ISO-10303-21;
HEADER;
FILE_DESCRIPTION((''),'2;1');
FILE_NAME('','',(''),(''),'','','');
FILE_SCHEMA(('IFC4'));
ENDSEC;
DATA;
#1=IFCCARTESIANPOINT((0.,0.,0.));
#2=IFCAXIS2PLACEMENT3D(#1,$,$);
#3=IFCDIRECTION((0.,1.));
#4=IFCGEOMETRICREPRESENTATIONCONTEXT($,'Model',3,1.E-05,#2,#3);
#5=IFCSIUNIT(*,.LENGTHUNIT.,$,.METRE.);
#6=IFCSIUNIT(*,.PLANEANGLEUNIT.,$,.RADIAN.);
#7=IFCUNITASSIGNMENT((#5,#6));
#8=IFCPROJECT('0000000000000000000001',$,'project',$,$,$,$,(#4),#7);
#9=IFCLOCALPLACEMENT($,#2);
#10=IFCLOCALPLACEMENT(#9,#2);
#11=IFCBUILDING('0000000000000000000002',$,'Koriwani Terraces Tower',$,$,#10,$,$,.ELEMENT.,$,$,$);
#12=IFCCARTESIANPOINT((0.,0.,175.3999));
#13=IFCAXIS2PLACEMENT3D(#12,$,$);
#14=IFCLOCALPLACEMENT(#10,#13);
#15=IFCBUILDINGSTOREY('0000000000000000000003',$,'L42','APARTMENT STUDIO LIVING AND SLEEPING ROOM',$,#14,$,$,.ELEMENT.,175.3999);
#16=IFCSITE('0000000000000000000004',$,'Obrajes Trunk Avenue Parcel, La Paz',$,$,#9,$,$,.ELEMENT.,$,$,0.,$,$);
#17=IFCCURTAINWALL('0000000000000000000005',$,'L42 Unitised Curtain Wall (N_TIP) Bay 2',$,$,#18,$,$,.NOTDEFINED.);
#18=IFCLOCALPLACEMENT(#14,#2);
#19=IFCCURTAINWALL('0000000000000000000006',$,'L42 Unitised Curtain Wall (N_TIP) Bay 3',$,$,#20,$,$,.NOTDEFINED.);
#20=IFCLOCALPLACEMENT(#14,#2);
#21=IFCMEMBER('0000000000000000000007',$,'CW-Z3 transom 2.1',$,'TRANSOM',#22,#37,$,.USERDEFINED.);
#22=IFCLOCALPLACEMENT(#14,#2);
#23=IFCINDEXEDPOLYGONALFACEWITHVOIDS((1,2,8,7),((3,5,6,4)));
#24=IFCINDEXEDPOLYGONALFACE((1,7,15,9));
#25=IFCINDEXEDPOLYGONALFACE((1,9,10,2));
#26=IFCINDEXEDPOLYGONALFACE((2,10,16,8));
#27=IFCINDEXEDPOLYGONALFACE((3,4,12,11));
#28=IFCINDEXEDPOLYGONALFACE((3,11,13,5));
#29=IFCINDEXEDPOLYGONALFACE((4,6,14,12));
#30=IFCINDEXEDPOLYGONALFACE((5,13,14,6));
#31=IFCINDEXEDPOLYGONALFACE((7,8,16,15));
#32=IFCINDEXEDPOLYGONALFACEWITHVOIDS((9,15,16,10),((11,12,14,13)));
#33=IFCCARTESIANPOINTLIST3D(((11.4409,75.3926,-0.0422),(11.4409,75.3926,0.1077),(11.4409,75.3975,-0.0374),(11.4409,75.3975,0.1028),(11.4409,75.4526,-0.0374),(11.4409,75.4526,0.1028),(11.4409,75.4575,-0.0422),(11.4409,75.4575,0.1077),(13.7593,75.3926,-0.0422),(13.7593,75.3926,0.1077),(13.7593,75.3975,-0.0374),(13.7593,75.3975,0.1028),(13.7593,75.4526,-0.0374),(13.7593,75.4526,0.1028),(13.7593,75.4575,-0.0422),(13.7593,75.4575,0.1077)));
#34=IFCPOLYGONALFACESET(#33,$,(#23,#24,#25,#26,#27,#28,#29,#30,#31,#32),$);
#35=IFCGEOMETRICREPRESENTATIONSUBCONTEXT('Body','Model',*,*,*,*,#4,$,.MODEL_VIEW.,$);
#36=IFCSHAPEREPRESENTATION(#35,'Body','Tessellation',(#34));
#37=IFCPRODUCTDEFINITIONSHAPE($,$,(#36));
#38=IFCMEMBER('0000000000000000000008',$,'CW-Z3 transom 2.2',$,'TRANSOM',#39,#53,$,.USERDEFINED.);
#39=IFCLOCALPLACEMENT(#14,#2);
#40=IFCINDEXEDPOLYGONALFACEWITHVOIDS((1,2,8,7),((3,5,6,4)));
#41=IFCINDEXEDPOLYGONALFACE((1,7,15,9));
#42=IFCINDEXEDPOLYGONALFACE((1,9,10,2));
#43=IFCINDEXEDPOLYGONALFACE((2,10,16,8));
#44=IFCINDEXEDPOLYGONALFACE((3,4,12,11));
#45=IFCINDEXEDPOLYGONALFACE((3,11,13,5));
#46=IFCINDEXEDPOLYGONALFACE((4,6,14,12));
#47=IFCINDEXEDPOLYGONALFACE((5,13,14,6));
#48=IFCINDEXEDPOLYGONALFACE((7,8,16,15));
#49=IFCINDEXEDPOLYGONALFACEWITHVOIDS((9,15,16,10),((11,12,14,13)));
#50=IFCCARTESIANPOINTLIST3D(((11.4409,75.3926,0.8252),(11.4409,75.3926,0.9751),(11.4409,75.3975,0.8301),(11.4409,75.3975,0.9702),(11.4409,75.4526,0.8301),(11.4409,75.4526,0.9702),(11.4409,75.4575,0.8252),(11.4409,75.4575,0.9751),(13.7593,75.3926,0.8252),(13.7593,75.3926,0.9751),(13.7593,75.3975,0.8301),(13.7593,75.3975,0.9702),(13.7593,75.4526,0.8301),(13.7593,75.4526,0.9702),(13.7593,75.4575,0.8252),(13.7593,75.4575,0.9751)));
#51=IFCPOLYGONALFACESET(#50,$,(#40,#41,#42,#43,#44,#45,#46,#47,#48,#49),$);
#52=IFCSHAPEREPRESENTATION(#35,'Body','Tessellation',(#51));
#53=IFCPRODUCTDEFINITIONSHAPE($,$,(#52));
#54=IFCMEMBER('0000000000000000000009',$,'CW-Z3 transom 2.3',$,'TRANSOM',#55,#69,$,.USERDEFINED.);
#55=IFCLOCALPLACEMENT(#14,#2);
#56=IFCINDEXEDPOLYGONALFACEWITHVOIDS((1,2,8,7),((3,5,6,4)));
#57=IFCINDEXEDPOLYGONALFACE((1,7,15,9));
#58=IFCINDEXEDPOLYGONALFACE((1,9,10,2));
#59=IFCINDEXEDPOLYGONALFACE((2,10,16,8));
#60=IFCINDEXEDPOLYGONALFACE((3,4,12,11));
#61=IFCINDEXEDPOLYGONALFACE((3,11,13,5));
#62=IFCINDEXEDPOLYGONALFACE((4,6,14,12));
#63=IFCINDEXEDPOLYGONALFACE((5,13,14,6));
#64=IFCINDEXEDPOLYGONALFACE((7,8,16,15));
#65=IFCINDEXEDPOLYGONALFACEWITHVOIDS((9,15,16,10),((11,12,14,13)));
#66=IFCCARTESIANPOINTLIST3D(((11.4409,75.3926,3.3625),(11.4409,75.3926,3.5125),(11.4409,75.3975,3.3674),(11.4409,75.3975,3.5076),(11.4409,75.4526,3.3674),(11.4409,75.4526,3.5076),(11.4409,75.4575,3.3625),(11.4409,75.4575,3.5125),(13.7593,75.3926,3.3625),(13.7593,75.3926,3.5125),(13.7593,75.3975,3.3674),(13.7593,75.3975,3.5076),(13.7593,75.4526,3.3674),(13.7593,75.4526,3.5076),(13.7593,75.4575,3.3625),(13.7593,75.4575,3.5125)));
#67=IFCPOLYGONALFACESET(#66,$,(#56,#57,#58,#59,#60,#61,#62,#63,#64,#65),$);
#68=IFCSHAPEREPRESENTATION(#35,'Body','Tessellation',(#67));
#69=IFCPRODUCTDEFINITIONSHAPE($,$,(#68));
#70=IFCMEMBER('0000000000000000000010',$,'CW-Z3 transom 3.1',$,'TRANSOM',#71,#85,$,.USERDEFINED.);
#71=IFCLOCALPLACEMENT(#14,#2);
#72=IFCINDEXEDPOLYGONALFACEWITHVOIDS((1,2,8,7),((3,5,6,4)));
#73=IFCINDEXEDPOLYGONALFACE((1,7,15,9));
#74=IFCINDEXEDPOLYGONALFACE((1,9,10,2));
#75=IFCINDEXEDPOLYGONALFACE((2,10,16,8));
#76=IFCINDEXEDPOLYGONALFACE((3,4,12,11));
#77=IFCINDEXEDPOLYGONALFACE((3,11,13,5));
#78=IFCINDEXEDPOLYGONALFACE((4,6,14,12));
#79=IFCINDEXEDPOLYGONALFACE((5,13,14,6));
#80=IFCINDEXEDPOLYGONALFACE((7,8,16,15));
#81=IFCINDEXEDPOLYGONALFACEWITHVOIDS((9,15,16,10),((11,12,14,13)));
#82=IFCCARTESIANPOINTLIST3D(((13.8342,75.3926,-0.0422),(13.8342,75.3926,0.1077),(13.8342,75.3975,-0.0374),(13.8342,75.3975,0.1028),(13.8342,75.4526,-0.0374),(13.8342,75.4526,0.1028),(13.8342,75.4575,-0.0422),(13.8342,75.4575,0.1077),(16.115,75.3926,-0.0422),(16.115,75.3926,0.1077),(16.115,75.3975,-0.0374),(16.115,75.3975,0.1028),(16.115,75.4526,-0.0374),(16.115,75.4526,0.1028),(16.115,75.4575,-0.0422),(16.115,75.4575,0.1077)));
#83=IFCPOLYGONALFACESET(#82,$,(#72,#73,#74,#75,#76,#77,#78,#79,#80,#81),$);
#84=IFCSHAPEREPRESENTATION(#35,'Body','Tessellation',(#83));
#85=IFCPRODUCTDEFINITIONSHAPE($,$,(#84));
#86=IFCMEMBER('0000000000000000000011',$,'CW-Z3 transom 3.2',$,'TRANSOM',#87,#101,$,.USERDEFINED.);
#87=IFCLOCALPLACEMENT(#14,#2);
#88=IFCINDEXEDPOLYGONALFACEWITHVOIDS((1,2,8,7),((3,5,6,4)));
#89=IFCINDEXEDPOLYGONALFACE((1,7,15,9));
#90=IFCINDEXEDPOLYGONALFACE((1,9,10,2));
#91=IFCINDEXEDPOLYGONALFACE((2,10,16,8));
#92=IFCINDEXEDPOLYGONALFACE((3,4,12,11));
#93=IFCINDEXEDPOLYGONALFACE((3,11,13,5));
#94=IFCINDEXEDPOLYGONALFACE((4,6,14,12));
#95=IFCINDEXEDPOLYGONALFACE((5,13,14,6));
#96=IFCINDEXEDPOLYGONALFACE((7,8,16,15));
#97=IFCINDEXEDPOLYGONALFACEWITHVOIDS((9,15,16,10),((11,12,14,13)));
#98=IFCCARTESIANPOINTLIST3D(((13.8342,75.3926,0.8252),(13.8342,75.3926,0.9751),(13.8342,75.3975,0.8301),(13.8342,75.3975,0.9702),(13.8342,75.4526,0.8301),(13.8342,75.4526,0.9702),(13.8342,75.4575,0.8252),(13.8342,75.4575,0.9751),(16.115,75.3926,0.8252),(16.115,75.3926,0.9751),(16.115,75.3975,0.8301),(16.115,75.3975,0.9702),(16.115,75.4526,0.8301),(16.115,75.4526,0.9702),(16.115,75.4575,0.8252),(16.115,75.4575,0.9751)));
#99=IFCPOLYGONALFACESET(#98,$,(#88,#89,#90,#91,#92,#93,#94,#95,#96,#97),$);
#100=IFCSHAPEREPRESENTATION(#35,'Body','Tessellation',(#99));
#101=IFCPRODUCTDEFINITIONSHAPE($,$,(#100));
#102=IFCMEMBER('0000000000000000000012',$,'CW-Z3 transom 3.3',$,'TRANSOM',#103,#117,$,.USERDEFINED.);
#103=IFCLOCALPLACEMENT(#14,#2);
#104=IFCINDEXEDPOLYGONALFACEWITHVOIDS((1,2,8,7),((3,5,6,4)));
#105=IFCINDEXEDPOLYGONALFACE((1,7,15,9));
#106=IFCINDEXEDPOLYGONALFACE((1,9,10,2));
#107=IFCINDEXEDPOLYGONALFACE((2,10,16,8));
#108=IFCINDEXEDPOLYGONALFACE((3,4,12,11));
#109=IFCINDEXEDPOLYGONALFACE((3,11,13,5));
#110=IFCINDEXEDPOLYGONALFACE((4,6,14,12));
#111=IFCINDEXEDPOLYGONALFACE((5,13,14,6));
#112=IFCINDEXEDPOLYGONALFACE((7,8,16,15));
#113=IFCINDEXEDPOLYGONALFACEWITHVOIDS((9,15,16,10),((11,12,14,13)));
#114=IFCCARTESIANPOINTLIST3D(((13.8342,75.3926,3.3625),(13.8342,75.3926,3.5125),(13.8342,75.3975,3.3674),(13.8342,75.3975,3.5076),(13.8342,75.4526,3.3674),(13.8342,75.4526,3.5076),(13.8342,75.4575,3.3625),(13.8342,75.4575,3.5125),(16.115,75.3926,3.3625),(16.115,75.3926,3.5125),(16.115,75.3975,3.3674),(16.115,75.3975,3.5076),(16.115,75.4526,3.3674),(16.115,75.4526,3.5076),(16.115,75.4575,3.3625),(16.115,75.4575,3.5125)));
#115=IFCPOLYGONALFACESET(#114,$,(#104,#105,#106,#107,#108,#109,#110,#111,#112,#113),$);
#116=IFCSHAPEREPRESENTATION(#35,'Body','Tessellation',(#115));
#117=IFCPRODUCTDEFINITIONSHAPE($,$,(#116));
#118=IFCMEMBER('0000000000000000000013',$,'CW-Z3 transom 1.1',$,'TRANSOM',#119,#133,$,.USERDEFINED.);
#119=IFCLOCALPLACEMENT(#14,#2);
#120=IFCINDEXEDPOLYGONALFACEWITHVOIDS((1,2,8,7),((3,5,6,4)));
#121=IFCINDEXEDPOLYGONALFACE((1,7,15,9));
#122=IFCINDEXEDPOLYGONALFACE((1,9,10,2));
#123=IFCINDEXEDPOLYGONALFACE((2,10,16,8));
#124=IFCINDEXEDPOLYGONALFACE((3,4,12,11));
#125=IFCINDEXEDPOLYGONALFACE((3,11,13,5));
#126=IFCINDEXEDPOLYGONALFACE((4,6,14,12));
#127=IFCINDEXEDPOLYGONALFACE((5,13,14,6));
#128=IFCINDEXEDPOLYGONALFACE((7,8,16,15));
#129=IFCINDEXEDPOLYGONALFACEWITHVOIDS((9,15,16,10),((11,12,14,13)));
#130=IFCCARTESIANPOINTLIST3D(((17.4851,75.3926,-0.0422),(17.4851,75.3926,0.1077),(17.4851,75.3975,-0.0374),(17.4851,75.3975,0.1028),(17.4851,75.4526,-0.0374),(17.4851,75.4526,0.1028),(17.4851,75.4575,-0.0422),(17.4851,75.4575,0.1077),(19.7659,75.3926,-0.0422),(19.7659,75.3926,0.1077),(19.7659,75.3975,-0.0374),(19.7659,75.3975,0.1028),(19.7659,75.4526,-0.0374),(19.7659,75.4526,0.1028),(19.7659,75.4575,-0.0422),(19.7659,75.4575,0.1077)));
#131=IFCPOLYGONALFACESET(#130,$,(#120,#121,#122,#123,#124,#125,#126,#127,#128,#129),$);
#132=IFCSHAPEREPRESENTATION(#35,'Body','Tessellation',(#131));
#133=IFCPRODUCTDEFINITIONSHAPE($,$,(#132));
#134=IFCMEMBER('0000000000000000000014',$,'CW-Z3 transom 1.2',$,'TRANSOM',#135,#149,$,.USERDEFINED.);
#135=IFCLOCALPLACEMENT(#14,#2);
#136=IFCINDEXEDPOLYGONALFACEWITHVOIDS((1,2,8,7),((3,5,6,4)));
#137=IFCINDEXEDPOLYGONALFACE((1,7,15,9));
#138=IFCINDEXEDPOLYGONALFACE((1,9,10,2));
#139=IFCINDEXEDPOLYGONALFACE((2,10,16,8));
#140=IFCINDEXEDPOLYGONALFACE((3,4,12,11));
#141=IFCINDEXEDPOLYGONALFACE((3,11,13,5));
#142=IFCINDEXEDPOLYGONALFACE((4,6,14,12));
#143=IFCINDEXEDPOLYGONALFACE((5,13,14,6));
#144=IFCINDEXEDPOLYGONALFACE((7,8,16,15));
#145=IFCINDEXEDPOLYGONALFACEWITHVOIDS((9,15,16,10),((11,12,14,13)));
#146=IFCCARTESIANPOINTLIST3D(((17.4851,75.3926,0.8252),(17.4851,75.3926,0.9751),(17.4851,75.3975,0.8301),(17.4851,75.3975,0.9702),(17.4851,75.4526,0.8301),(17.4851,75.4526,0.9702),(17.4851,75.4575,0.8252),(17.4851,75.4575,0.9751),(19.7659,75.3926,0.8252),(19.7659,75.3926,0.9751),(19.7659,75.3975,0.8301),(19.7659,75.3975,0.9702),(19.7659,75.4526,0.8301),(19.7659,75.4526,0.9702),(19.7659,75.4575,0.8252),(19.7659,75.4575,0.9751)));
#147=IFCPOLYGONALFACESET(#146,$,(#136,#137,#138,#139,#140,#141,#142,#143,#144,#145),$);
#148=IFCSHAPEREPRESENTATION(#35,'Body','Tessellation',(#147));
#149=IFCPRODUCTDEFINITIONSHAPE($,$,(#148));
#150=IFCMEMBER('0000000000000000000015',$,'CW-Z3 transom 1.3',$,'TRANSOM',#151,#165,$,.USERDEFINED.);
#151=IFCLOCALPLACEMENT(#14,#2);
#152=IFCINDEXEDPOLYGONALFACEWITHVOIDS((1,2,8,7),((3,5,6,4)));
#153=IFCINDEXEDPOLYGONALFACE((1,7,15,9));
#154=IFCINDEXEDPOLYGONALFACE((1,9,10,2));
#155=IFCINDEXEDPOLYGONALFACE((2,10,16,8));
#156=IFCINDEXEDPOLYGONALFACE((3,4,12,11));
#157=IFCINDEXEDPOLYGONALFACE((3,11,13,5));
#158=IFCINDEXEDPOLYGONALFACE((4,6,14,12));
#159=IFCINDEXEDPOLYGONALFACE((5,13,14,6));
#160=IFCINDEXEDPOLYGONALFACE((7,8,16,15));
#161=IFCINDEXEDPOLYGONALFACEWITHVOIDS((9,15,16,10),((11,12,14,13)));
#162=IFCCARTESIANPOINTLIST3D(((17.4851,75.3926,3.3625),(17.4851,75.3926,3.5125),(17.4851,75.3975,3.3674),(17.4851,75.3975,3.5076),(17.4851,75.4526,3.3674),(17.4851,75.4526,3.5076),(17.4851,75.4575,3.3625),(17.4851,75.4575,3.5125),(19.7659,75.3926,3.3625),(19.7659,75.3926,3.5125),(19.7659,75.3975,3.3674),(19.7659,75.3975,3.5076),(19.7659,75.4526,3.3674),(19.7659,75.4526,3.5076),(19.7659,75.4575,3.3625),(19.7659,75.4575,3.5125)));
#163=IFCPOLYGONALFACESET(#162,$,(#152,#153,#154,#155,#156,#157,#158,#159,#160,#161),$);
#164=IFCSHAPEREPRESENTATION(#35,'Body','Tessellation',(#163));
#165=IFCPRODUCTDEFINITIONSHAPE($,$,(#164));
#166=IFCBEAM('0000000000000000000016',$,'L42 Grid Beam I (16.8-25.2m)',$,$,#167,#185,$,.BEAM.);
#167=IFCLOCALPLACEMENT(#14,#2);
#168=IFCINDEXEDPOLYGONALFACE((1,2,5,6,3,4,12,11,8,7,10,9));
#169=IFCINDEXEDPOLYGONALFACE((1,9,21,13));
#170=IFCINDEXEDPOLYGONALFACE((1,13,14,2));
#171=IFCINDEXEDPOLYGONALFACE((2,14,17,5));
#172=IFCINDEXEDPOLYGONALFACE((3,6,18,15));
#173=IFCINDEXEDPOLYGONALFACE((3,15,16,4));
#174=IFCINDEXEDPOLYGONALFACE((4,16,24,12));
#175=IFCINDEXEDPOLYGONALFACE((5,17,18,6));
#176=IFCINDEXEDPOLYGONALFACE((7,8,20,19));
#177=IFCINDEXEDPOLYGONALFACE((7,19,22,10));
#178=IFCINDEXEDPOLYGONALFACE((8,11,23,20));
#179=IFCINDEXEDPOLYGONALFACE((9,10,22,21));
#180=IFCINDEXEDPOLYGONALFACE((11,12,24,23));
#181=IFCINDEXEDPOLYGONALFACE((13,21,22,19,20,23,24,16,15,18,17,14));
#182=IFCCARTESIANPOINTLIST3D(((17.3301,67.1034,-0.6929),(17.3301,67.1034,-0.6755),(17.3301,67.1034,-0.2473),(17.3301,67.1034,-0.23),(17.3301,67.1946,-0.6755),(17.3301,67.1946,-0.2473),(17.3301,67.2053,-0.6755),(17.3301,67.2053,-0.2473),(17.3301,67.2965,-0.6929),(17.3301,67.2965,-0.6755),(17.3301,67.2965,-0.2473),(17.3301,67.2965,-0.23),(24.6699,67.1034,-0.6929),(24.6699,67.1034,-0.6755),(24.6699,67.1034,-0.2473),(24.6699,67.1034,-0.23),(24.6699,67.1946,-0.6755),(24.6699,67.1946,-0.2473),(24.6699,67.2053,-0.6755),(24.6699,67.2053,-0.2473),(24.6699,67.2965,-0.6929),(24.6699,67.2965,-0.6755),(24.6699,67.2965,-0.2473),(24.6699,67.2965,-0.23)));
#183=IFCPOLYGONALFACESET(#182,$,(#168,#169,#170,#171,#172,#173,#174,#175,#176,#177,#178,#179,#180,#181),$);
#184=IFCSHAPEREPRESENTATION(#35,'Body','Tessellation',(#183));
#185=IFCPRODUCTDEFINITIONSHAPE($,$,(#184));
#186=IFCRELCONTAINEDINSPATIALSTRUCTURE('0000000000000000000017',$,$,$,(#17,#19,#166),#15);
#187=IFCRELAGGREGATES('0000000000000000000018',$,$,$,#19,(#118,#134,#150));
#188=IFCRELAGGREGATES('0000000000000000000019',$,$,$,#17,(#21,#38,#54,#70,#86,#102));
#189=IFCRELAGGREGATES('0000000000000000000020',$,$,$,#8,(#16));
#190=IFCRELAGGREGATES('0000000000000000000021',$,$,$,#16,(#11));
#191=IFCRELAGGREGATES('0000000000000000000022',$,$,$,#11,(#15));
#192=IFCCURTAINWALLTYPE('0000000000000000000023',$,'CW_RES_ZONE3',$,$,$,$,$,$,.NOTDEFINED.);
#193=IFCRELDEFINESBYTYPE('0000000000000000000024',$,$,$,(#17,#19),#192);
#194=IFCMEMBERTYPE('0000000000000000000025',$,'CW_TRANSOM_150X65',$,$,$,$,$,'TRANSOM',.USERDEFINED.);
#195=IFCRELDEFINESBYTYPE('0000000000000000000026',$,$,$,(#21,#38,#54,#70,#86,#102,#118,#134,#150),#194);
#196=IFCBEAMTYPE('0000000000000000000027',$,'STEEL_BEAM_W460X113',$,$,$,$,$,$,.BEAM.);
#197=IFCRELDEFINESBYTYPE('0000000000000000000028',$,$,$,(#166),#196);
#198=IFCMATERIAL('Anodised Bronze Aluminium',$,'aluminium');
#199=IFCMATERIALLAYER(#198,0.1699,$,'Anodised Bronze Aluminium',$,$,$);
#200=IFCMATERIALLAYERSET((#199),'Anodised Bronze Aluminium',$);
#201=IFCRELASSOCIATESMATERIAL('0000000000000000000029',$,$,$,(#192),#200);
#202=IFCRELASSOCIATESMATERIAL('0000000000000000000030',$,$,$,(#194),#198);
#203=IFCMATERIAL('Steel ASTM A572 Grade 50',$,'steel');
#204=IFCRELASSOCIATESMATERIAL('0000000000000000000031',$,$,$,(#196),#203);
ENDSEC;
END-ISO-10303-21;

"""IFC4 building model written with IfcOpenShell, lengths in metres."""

from ifc_helpers import new_model, si_unit, direction, frame, origin, origin_2d, place, context, subcontext, project, spatial, hollow_rectangle, i_section, extrude, material, layer, layer_set, material_profile, profile_set, type_object, element, aggregate, save


model = new_model("IFC4")

# Units and contexts
model_context = context("Model", 3, precision=1e-05, world=origin(), true_north=direction((0.0, 1.0)))
body_context = subcontext(model_context, "Body", "Model", "MODEL_VIEW")
ifc_project = project(units=[si_unit("LENGTHUNIT", "METRE"), si_unit("PLANEANGLEUNIT", "RADIAN")], contexts=[model_context])

# Site, building, storey
site_placement = place(None, origin())
site = spatial("IfcSite", under=ifc_project, at=site_placement, Name="Obrajes Trunk Avenue Parcel, La Paz", CompositionType="ELEMENT", RefElevation=0.0)
building_placement = place(site_placement, origin())
building = spatial("IfcBuilding", under=site, at=building_placement, Name="Koriwani Terraces Tower", CompositionType="ELEMENT")
storey_placement = place(building_placement, frame((0.0, 0.0, 175.3999)))
storey = spatial("IfcBuildingStorey", under=building, at=storey_placement, Name="L42", Description="APARTMENT STUDIO LIVING AND SLEEPING ROOM", CompositionType="ELEMENT", Elevation=175.3999)

# Curtain wall
ifc_material_1 = material(Name="Anodised Bronze Aluminium", Category="aluminium")
ifc_layer_1 = layer(ifc_material_1, 0.1699, Name="Anodised Bronze Aluminium")
ifc_layer_set_1 = layer_set([ifc_layer_1], Name="Anodised Bronze Aluminium")
curtain_wall_type = type_object("IfcCurtainWallType", Name="CW_RES_ZONE3", PredefinedType="NOTDEFINED", material=ifc_layer_set_1)
curtain_wall_1_placement = place(storey_placement, origin())
curtain_wall_1 = element("IfcCurtainWall", 1, at=curtain_wall_1_placement, inside=storey, type_object=curtain_wall_type, Name="L42 Unitised Curtain Wall (N_TIP) Bay 2", PredefinedType="NOTDEFINED")

# Curtain wall
curtain_wall_2_placement = place(storey_placement, origin())
curtain_wall_2 = element("IfcCurtainWall", 2, at=curtain_wall_2_placement, inside=storey, type_object=curtain_wall_type, Name="L42 Unitised Curtain Wall (N_TIP) Bay 3", PredefinedType="NOTDEFINED")

# Members
ifc_material_profile_1 = material_profile(ifc_material_1, hollow_rectangle(XDim=0.0649, YDim=0.1499, WallThickness=0.0049, at=origin_2d()), Name="Anodised Bronze Aluminium", Category="LoadBearing")
ifc_profile_set_1 = profile_set([ifc_material_profile_1], Name="Anodised Bronze Aluminium")
member_type_1 = type_object("IfcMemberType", Name="CW_TRANSOM_150X65", ElementType="TRANSOM", PredefinedType="USERDEFINED", material=ifc_profile_set_1)
member_1_placement = place(storey_placement, frame((11.4409, 75.425, 0.0327), z_axis=(1.0, 0.0, 0.0), x_axis=(0.0, 1.0, 0.0)))
member_1 = element("IfcMember", 3, at=member_1_placement, type_object=member_type_1, Name="CW-Z3 transom 2.1", ObjectType="TRANSOM", PredefinedType="USERDEFINED", context=body_context, shape_type="SweptSolid", body=[
    extrude(hollow_rectangle(XDim=0.0649, YDim=0.1499, WallThickness=0.0049, at=origin_2d()), origin(), (0.0, 0.0, 1.0), 2.3184),
])
member_2_placement = place(storey_placement, frame((11.4409, 75.425, 0.9001), z_axis=(1.0, 0.0, 0.0), x_axis=(0.0, 1.0, 0.0)))
member_2 = element("IfcMember", 4, at=member_2_placement, type_object=member_type_1, Name="CW-Z3 transom 2.2", ObjectType="TRANSOM", PredefinedType="USERDEFINED", context=body_context, shape_type="SweptSolid", body=[
    extrude(hollow_rectangle(XDim=0.0649, YDim=0.1499, WallThickness=0.0049, at=origin_2d()), origin(), (0.0, 0.0, 1.0), 2.3184),
])
member_3_placement = place(storey_placement, frame((11.4409, 75.425, 3.4375), z_axis=(1.0, 0.0, 0.0), x_axis=(0.0, 1.0, 0.0)))
member_3 = element("IfcMember", 5, at=member_3_placement, type_object=member_type_1, Name="CW-Z3 transom 2.3", ObjectType="TRANSOM", PredefinedType="USERDEFINED", context=body_context, shape_type="SweptSolid", body=[
    extrude(hollow_rectangle(XDim=0.0649, YDim=0.1499, WallThickness=0.0049, at=origin_2d()), origin(), (0.0, 0.0, 1.0), 2.3184),
])
member_4_placement = place(storey_placement, frame((13.8342, 75.425, 0.0327), z_axis=(1.0, 0.0, 0.0), x_axis=(0.0, 1.0, 0.0)))
member_4 = element("IfcMember", 6, at=member_4_placement, type_object=member_type_1, Name="CW-Z3 transom 3.1", ObjectType="TRANSOM", PredefinedType="USERDEFINED", context=body_context, shape_type="SweptSolid", body=[
    extrude(hollow_rectangle(XDim=0.0649, YDim=0.1499, WallThickness=0.0049, at=origin_2d()), origin(), (0.0, 0.0, 1.0), 2.2808),
])
member_5_placement = place(storey_placement, frame((13.8342, 75.425, 0.9001), z_axis=(1.0, 0.0, 0.0), x_axis=(0.0, 1.0, 0.0)))
member_5 = element("IfcMember", 7, at=member_5_placement, type_object=member_type_1, Name="CW-Z3 transom 3.2", ObjectType="TRANSOM", PredefinedType="USERDEFINED", context=body_context, shape_type="SweptSolid", body=[
    extrude(hollow_rectangle(XDim=0.0649, YDim=0.1499, WallThickness=0.0049, at=origin_2d()), origin(), (0.0, 0.0, 1.0), 2.2808),
])
member_6_placement = place(storey_placement, frame((13.8342, 75.425, 3.4375), z_axis=(1.0, 0.0, 0.0), x_axis=(0.0, 1.0, 0.0)))
member_6 = element("IfcMember", 8, at=member_6_placement, type_object=member_type_1, Name="CW-Z3 transom 3.3", ObjectType="TRANSOM", PredefinedType="USERDEFINED", context=body_context, shape_type="SweptSolid", body=[
    extrude(hollow_rectangle(XDim=0.0649, YDim=0.1499, WallThickness=0.0049, at=origin_2d()), origin(), (0.0, 0.0, 1.0), 2.2808),
])
member_7_placement = place(storey_placement, frame((17.4851, 75.425, 0.0327), z_axis=(1.0, 0.0, 0.0), x_axis=(0.0, 1.0, 0.0)))
member_7 = element("IfcMember", 9, at=member_7_placement, type_object=member_type_1, Name="CW-Z3 transom 1.1", ObjectType="TRANSOM", PredefinedType="USERDEFINED", context=body_context, shape_type="SweptSolid", body=[
    extrude(hollow_rectangle(XDim=0.0649, YDim=0.1499, WallThickness=0.0049, at=origin_2d()), origin(), (0.0, 0.0, 1.0), 2.2808),
])
member_8_placement = place(storey_placement, frame((17.4851, 75.425, 0.9001), z_axis=(1.0, 0.0, 0.0), x_axis=(0.0, 1.0, 0.0)))
member_8 = element("IfcMember", 10, at=member_8_placement, type_object=member_type_1, Name="CW-Z3 transom 1.2", ObjectType="TRANSOM", PredefinedType="USERDEFINED", context=body_context, shape_type="SweptSolid", body=[
    extrude(hollow_rectangle(XDim=0.0649, YDim=0.1499, WallThickness=0.0049, at=origin_2d()), origin(), (0.0, 0.0, 1.0), 2.2808),
])
member_9_placement = place(storey_placement, frame((17.4851, 75.425, 3.4375), z_axis=(1.0, 0.0, 0.0), x_axis=(0.0, 1.0, 0.0)))
member_9 = element("IfcMember", 11, at=member_9_placement, type_object=member_type_1, Name="CW-Z3 transom 1.3", ObjectType="TRANSOM", PredefinedType="USERDEFINED", context=body_context, shape_type="SweptSolid", body=[
    extrude(hollow_rectangle(XDim=0.0649, YDim=0.1499, WallThickness=0.0049, at=origin_2d()), origin(), (0.0, 0.0, 1.0), 2.2808),
])
aggregate(curtain_wall_2, [member_7, member_8, member_9])

# Beam
ifc_material_2 = material(Name="Steel ASTM A572 Grade 50", Category="steel")
ifc_material_profile_2 = material_profile(ifc_material_2, i_section(OverallWidth=0.1931, OverallDepth=0.4629, WebThickness=0.0107, FlangeThickness=0.0173, at=origin_2d()), Name="Steel ASTM A572 Grade 50", Category="LoadBearing")
ifc_profile_set_2 = profile_set([ifc_material_profile_2], Name="Steel ASTM A572 Grade 50")
beam_type_1 = type_object("IfcBeamType", Name="STEEL_BEAM_W460X113", PredefinedType="BEAM", material=ifc_profile_set_2)
beam_1_placement = place(storey_placement, frame((17.3301, 67.2, -0.4614), z_axis=(1.0, 0.0, 0.0), x_axis=(0.0, 1.0, 0.0)))
element("IfcBeam", 12, at=beam_1_placement, inside=storey, type_object=beam_type_1, Name="L42 Grid Beam I (16.8-25.2m)", PredefinedType="BEAM", context=body_context, shape_type="SweptSolid", body=[
    extrude(i_section(OverallWidth=0.1931, OverallDepth=0.4629, WebThickness=0.0107, FlangeThickness=0.0173, at=origin_2d()), origin(), (0.0, 0.0, 1.0), 7.3398),
])

aggregate(curtain_wall_1, [member_1, member_2, member_3, member_4, member_5, member_6])

save(model, "model.ifc")
